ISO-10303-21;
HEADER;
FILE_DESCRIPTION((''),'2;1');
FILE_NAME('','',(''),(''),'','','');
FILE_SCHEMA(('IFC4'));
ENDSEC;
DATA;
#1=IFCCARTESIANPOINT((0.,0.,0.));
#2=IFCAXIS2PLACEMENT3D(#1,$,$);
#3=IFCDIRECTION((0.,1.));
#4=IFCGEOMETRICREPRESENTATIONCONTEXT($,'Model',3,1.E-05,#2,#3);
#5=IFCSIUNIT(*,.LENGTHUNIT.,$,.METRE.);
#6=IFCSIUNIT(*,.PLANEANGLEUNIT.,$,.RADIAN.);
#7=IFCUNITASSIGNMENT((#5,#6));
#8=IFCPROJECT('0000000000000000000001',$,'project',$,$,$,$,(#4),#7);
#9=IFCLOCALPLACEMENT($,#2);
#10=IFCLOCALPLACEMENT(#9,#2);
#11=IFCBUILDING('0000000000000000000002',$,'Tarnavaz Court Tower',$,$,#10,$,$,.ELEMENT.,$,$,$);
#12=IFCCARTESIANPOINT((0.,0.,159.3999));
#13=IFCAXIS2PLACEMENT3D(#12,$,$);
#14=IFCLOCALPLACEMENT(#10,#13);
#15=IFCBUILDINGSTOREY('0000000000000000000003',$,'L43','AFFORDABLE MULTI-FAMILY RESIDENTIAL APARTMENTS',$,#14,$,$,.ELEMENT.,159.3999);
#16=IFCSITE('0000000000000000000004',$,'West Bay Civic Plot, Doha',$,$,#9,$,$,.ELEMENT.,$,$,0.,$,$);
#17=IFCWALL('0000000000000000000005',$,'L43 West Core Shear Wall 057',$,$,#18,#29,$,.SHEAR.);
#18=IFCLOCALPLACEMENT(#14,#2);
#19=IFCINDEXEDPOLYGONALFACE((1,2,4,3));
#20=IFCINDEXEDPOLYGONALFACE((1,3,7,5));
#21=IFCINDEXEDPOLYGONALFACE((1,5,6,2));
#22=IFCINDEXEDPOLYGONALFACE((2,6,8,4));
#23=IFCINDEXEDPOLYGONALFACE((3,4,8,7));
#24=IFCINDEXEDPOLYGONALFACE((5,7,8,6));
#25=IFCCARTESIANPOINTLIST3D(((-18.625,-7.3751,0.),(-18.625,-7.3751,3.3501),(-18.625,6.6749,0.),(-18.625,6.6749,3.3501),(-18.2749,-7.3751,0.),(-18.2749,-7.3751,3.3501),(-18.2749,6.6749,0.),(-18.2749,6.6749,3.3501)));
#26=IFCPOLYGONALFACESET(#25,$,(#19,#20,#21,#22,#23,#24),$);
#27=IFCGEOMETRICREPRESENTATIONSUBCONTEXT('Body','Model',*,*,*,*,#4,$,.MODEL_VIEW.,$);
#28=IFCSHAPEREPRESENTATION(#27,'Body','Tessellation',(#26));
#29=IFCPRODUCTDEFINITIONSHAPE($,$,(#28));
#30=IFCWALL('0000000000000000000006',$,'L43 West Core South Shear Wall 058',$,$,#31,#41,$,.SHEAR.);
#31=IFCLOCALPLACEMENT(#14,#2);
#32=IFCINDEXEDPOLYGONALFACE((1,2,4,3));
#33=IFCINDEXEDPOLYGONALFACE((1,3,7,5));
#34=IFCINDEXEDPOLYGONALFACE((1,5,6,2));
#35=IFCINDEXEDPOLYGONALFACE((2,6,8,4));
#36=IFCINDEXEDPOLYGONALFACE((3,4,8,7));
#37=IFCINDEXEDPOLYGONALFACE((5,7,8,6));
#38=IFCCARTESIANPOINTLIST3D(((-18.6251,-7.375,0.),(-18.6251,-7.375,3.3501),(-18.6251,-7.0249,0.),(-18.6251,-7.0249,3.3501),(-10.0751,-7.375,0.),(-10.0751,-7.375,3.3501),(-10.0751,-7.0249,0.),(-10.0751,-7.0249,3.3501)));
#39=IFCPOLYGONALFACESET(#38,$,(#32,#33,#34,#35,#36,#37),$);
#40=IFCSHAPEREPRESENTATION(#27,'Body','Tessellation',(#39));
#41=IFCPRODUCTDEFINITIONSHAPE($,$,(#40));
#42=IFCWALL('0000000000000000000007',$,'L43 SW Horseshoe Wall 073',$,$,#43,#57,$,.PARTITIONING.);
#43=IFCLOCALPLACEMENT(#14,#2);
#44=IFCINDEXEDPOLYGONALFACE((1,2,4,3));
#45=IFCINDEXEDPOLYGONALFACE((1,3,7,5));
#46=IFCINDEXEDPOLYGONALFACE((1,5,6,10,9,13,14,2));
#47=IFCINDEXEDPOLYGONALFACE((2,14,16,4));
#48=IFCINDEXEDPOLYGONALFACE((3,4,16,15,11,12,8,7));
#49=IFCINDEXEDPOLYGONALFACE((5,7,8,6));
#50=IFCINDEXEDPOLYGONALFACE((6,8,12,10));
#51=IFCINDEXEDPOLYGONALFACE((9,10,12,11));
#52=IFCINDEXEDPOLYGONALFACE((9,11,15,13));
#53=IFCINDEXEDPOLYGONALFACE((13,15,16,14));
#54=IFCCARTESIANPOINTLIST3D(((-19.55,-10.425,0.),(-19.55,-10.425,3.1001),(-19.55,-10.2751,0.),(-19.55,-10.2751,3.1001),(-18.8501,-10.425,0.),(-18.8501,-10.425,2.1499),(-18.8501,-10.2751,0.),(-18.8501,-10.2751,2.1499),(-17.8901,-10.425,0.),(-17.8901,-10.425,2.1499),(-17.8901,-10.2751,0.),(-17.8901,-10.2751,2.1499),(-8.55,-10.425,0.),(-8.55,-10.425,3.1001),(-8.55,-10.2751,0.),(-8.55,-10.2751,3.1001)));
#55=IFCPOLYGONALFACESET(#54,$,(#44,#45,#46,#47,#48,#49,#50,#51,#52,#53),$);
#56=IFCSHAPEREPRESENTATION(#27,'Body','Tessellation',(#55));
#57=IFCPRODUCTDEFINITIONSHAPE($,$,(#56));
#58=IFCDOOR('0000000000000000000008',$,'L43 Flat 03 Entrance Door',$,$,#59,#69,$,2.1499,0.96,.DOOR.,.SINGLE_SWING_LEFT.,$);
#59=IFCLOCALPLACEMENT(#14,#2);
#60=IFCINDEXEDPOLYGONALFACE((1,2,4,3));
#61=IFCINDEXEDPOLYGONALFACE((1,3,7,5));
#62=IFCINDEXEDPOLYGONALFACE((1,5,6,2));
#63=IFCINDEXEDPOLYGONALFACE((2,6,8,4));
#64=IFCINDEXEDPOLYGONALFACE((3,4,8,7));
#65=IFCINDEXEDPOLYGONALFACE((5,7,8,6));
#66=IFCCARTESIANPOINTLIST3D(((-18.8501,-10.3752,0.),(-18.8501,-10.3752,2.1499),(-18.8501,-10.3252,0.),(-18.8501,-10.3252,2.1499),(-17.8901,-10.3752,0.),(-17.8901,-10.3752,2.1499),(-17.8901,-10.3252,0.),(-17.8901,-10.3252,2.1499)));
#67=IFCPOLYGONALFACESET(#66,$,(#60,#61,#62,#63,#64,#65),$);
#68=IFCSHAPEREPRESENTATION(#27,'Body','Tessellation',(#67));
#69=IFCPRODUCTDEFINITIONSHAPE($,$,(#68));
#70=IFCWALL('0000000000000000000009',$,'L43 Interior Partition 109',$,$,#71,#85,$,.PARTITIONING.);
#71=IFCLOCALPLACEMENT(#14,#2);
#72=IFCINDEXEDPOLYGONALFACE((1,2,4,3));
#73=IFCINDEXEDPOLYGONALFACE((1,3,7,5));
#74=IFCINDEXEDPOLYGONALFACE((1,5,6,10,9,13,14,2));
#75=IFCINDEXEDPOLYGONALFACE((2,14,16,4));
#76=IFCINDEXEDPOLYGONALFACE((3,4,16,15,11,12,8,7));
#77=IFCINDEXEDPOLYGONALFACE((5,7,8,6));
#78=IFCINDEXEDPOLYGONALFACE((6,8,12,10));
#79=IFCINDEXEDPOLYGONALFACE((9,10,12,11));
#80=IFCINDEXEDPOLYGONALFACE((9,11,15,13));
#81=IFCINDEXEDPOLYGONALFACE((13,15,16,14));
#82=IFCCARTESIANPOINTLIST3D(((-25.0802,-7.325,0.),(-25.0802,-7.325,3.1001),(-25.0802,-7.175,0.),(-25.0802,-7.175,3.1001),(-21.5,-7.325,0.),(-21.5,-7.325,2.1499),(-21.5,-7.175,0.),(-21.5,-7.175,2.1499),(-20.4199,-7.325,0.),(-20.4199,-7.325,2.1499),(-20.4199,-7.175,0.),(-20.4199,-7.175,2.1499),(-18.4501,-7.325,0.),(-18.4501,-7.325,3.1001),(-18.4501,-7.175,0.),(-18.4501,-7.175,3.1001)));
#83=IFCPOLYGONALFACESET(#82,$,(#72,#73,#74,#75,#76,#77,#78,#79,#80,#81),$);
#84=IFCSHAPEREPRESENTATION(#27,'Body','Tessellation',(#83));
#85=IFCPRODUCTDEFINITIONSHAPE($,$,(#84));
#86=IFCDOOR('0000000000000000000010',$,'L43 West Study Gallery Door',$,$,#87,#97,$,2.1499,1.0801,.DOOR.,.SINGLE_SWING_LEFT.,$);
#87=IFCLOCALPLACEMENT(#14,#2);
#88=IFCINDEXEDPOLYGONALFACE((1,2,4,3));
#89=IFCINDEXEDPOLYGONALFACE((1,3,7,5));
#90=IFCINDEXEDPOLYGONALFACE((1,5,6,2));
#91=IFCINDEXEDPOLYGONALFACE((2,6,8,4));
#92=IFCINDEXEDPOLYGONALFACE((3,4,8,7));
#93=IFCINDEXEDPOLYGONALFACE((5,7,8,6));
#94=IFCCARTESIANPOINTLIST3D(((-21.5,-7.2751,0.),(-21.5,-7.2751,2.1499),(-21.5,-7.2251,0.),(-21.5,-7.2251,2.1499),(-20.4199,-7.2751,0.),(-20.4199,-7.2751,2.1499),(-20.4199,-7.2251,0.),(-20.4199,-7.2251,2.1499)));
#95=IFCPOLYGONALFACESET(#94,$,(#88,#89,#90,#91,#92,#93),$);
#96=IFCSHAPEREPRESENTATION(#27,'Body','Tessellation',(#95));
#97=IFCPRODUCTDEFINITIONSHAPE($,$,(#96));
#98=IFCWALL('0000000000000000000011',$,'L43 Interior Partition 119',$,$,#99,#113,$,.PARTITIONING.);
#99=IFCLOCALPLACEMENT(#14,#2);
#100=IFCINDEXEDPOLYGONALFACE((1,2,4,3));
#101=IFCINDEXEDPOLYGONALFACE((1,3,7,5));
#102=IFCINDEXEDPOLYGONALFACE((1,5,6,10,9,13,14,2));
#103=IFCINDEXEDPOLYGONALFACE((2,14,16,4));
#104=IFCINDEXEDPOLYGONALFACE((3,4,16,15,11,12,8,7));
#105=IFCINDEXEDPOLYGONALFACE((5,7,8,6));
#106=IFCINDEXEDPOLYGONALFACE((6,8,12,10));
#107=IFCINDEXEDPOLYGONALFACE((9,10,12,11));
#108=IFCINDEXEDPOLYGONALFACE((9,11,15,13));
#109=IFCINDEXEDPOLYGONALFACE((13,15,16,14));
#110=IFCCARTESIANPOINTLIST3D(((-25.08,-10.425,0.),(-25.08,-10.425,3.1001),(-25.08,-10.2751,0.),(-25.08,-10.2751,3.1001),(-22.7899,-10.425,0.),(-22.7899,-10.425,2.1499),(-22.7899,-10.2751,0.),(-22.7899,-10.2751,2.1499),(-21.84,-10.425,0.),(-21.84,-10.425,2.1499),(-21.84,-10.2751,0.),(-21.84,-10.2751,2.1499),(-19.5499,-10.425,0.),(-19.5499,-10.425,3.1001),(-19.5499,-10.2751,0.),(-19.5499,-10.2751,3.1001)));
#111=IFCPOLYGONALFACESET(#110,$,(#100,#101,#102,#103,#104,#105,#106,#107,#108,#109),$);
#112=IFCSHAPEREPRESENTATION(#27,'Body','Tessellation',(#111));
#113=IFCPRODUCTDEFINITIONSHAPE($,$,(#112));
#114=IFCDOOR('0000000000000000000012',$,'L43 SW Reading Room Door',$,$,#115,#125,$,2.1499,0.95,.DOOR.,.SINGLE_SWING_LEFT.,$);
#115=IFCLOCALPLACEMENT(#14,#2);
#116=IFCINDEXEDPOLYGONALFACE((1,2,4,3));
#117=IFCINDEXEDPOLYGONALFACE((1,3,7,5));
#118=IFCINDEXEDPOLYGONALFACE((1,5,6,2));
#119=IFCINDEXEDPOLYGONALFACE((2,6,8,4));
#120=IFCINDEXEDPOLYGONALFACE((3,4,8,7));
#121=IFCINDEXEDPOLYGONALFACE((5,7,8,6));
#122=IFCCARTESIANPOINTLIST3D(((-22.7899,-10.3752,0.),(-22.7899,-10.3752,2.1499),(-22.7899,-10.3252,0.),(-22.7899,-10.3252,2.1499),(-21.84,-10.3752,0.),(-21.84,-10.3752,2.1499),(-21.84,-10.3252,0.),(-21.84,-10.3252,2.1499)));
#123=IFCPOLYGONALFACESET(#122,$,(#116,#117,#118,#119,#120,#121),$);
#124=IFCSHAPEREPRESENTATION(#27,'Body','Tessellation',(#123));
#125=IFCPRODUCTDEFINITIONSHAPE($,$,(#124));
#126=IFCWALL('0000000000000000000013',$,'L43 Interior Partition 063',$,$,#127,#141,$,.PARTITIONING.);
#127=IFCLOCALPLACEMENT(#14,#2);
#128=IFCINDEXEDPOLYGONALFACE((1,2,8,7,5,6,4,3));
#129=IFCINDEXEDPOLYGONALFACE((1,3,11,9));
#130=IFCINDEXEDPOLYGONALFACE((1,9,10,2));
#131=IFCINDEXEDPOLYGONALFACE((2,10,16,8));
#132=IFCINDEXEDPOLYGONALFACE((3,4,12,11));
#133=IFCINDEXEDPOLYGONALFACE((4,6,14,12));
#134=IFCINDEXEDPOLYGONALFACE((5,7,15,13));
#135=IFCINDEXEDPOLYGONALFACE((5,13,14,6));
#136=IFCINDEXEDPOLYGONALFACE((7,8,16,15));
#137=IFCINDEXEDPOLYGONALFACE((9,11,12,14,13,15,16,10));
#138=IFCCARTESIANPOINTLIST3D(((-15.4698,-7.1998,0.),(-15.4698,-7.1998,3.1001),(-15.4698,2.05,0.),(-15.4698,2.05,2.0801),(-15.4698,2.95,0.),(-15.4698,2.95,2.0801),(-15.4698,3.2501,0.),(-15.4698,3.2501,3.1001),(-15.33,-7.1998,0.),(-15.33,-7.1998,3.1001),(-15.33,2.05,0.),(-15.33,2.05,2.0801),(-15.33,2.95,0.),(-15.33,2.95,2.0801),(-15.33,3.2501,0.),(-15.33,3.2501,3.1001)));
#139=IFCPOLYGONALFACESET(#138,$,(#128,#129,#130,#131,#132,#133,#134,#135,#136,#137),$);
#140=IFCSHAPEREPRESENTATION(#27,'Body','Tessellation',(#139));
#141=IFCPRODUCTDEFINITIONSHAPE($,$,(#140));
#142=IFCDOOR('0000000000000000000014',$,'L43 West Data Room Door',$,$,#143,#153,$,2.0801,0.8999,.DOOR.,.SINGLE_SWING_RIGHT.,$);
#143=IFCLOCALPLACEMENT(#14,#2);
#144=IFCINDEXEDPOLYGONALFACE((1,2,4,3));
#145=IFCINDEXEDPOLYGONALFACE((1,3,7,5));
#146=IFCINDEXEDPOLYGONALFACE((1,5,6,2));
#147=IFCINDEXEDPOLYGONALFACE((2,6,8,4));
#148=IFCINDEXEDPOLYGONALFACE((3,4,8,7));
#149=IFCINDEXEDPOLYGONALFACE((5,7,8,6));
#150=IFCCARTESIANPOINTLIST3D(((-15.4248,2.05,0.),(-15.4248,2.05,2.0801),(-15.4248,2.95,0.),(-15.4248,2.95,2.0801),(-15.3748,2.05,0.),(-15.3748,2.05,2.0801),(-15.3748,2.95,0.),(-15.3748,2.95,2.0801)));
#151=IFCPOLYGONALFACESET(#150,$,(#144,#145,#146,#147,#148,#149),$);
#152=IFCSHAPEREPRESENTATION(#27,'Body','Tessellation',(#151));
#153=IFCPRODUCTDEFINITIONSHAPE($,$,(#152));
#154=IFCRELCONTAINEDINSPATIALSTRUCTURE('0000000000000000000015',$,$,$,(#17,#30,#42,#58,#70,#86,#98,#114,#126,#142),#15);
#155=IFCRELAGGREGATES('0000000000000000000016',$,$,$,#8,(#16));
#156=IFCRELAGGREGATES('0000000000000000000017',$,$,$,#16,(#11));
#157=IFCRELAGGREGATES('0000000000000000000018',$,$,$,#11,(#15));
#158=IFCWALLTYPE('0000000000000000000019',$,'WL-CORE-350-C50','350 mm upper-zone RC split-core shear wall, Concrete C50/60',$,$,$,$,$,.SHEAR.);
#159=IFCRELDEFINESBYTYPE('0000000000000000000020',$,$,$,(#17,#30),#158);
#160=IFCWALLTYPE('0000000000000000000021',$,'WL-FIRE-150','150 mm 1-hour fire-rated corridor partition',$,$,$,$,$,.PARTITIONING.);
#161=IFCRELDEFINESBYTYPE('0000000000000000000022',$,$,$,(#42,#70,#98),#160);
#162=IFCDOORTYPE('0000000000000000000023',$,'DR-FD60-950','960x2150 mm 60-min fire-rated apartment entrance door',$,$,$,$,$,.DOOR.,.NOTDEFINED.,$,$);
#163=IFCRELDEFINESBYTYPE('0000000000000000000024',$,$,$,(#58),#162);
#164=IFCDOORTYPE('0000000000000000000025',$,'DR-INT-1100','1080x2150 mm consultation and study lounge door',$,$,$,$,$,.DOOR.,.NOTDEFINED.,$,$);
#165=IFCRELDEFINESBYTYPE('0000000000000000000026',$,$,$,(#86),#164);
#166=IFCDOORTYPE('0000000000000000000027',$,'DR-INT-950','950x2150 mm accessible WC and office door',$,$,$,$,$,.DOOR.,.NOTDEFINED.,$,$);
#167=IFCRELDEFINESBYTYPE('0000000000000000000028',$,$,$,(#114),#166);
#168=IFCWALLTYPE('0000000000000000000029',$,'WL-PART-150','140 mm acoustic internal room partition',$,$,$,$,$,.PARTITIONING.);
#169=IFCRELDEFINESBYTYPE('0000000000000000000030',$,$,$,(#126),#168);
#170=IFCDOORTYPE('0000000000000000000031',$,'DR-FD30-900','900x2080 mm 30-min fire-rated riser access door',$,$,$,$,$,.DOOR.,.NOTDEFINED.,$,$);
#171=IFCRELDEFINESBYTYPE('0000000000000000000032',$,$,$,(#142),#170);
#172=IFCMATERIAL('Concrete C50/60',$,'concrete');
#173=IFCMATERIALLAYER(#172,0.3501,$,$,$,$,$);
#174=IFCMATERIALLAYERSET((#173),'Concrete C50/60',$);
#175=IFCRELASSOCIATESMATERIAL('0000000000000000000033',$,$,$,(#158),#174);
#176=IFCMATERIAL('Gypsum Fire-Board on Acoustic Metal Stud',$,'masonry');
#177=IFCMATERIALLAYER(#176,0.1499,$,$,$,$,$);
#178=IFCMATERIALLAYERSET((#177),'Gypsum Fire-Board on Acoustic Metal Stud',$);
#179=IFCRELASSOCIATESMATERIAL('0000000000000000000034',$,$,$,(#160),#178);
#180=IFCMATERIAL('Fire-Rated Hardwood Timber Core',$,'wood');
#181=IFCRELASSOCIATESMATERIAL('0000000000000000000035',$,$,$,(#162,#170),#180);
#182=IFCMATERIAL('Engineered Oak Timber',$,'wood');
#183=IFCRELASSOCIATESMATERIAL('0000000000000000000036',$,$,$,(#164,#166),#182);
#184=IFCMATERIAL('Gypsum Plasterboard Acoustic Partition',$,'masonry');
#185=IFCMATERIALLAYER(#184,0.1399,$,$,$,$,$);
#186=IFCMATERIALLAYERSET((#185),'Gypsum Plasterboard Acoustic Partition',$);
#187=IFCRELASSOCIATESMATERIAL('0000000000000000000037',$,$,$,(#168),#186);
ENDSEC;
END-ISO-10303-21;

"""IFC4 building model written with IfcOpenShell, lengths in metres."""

from ifc_helpers import new_model, si_unit, direction, frame, frame_2d, origin, place, context, subcontext, project, spatial, rectangle, extrude, material, layer, layer_set, type_object, element, fill, save


model = new_model("IFC4")

# Units and contexts
model_context = context("Model", 3, precision=1e-05, world=origin(), true_north=direction((0.0, 1.0)))
body_context = subcontext(model_context, "Body", "Model", "MODEL_VIEW")
ifc_project = project(units=[si_unit("LENGTHUNIT", "METRE"), si_unit("PLANEANGLEUNIT", "RADIAN")], contexts=[model_context])

# Site, building, storey
site_placement = place(None, origin())
site = spatial("IfcSite", under=ifc_project, at=site_placement, Name="West Bay Civic Plot, Doha", CompositionType="ELEMENT", RefElevation=0.0)
building_placement = place(site_placement, origin())
building = spatial("IfcBuilding", under=site, at=building_placement, Name="Tarnavaz Court Tower", CompositionType="ELEMENT")
storey_placement = place(building_placement, frame((0.0, 0.0, 159.3999)))
storey = spatial("IfcBuildingStorey", under=building, at=storey_placement, Name="L43", Description="AFFORDABLE MULTI-FAMILY RESIDENTIAL APARTMENTS", CompositionType="ELEMENT", Elevation=159.3999)

# Shared definitions
ifc_material_1 = material(Name="Concrete C50/60", Category="concrete")

# Walls
ifc_layer_1 = layer(ifc_material_1, 0.3501)
ifc_layer_set_1 = layer_set([ifc_layer_1], Name="Concrete C50/60")
wall_type_1 = type_object("IfcWallType", Name="WL-CORE-350-C50", Description="350 mm upper-zone RC split-core shear wall, Concrete C50/60", PredefinedType="SHEAR", material=ifc_layer_set_1)
wall_1_placement = place(storey_placement, frame((-18.45, -7.375, 0.0), z_axis=(0.0, 0.0, 1.0), x_axis=(0.0, 1.0, 0.0)))
element("IfcWall", 1, at=wall_1_placement, inside=storey, type_object=wall_type_1, Name="L43 West Core Shear Wall 057", PredefinedType="SHEAR", context=body_context, shape_type="SweptSolid", body=[
    extrude(rectangle(XDim=14.05, YDim=0.3501, at=frame_2d((7.0249, 0.0))), origin(), (0.0, 0.0, 1.0), 3.3501),
])
wall_2_placement = place(storey_placement, frame((-18.625, -7.2, 0.0), z_axis=(0.0, 0.0, 1.0), x_axis=(1.0, 0.0, 0.0)))
element("IfcWall", 2, at=wall_2_placement, inside=storey, type_object=wall_type_1, Name="L43 West Core South Shear Wall 058", PredefinedType="SHEAR", context=body_context, shape_type="SweptSolid", body=[
    extrude(rectangle(XDim=8.55, YDim=0.3501, at=frame_2d((4.2749, 0.0))), origin(), (0.0, 0.0, 1.0), 3.3501),
])

# Walls, openings, doors
ifc_material_2 = material(Name="Gypsum Fire-Board on Acoustic Metal Stud", Category="masonry")
ifc_layer_2 = layer(ifc_material_2, 0.1499)
ifc_layer_set_2 = layer_set([ifc_layer_2], Name="Gypsum Fire-Board on Acoustic Metal Stud")
wall_type_2 = type_object("IfcWallType", Name="WL-FIRE-150", Description="150 mm 1-hour fire-rated corridor partition", PredefinedType="PARTITIONING", material=ifc_layer_set_2)
wall_3_placement = place(storey_placement, frame((-19.55, -10.3501, 0.0), z_axis=(0.0, 0.0, 1.0), x_axis=(1.0, 0.0, 0.0)))
wall_3 = element("IfcWall", 3, at=wall_3_placement, inside=storey, type_object=wall_type_2, Name="L43 SW Horseshoe Wall 073", PredefinedType="PARTITIONING", context=body_context, shape_type="SweptSolid", body=[
    extrude(rectangle(XDim=11.0, YDim=0.1499, at=frame_2d((5.5, 0.0))), origin(), (0.0, 0.0, 1.0), 3.1001),
])
opening_1_placement = place(wall_3_placement, frame((0.7, 0.0, 0.0)))
opening_1 = element("IfcOpeningElement", 4, at=opening_1_placement, cuts=wall_3, PredefinedType="OPENING", context=body_context, shape_type="SweptSolid", body=[
    extrude(rectangle(XDim=0.96, YDim=2.1499, at=frame_2d((0.48, 1.075))), frame((0.0, 0.085, 0.0), z_axis=(0.0, -1.0, 0.0), x_axis=(1.0, 0.0, 0.0)), (0.0, 0.0, 1.0), 0.1699),
])
ifc_material_3 = material(Name="Fire-Rated Hardwood Timber Core", Category="wood")
door_type_1 = type_object("IfcDoorType", Name="DR-FD60-950", Description="960x2150 mm 60-min fire-rated apartment entrance door", OperationType="NOTDEFINED", PredefinedType="DOOR", material=ifc_material_3)
door_1_placement = place(opening_1_placement, origin())
door_1 = element("IfcDoor", 5, at=door_1_placement, inside=storey, type_object=door_type_1, Name="L43 Flat 03 Entrance Door", OperationType="SINGLE_SWING_LEFT", OverallHeight=2.1499, OverallWidth=0.96, PredefinedType="DOOR", context=body_context, shape_type="SweptSolid", body=[
    extrude(rectangle(XDim=0.96, YDim=2.1499, at=frame_2d((0.48, 1.075))), frame((0.0, 0.0249, 0.0), z_axis=(0.0, -1.0, 0.0), x_axis=(1.0, 0.0, 0.0)), (0.0, 0.0, 1.0), 0.05),
])
fill(opening_1, door_1)
wall_4_placement = place(storey_placement, frame((-25.0801, -7.25, 0.0), z_axis=(0.0, 0.0, 1.0), x_axis=(1.0, 0.0, 0.0)))
wall_4 = element("IfcWall", 6, at=wall_4_placement, inside=storey, type_object=wall_type_2, Name="L43 Interior Partition 109", PredefinedType="PARTITIONING", context=body_context, shape_type="SweptSolid", body=[
    extrude(rectangle(XDim=6.6301, YDim=0.1499, at=frame_2d((3.3149, 0.0))), origin(), (0.0, 0.0, 1.0), 3.1001),
])
opening_2_placement = place(wall_4_placement, frame((3.5801, 0.0, 0.0)))
opening_2 = element("IfcOpeningElement", 7, at=opening_2_placement, cuts=wall_4, PredefinedType="OPENING", context=body_context, shape_type="SweptSolid", body=[
    extrude(rectangle(XDim=1.0801, YDim=2.1499, at=frame_2d((0.54, 1.075))), frame((0.0, 0.085, 0.0), z_axis=(0.0, -1.0, 0.0), x_axis=(1.0, 0.0, 0.0)), (0.0, 0.0, 1.0), 0.1699),
])
ifc_material_4 = material(Name="Engineered Oak Timber", Category="wood")
door_type_2 = type_object("IfcDoorType", Name="DR-INT-1100", Description="1080x2150 mm consultation and study lounge door", OperationType="NOTDEFINED", PredefinedType="DOOR", material=ifc_material_4)
door_2_placement = place(opening_2_placement, origin())
door_2 = element("IfcDoor", 8, at=door_2_placement, inside=storey, type_object=door_type_2, Name="L43 West Study Gallery Door", OperationType="SINGLE_SWING_LEFT", OverallHeight=2.1499, OverallWidth=1.0801, PredefinedType="DOOR", context=body_context, shape_type="SweptSolid", body=[
    extrude(rectangle(XDim=1.0801, YDim=2.1499, at=frame_2d((0.54, 1.075))), frame((0.0, 0.0249, 0.0), z_axis=(0.0, -1.0, 0.0), x_axis=(1.0, 0.0, 0.0)), (0.0, 0.0, 1.0), 0.05),
])
fill(opening_2, door_2)
wall_5_placement = place(storey_placement, frame((-25.0801, -10.3501, 0.0), z_axis=(0.0, 0.0, 1.0), x_axis=(1.0, 0.0, 0.0)))
wall_5 = element("IfcWall", 9, at=wall_5_placement, inside=storey, type_object=wall_type_2, Name="L43 Interior Partition 119", PredefinedType="PARTITIONING", context=body_context, shape_type="SweptSolid", body=[
    extrude(rectangle(XDim=5.53, YDim=0.1499, at=frame_2d((2.7651, 0.0))), origin(), (0.0, 0.0, 1.0), 3.1001),
])
opening_3_placement = place(wall_5_placement, frame((2.29, 0.0, 0.0)))
opening_3 = element("IfcOpeningElement", 10, at=opening_3_placement, cuts=wall_5, PredefinedType="OPENING", context=body_context, shape_type="SweptSolid", body=[
    extrude(rectangle(XDim=0.95, YDim=2.1499, at=frame_2d((0.4751, 1.075))), frame((0.0, 0.085, 0.0), z_axis=(0.0, -1.0, 0.0), x_axis=(1.0, 0.0, 0.0)), (0.0, 0.0, 1.0), 0.1699),
])
door_type_3 = type_object("IfcDoorType", Name="DR-INT-950", Description="950x2150 mm accessible WC and office door", OperationType="NOTDEFINED", PredefinedType="DOOR", material=ifc_material_4)
door_3_placement = place(opening_3_placement, origin())
door_3 = element("IfcDoor", 11, at=door_3_placement, inside=storey, type_object=door_type_3, Name="L43 SW Reading Room Door", OperationType="SINGLE_SWING_LEFT", OverallHeight=2.1499, OverallWidth=0.95, PredefinedType="DOOR", context=body_context, shape_type="SweptSolid", body=[
    extrude(rectangle(XDim=0.95, YDim=2.1499, at=frame_2d((0.4751, 1.075))), frame((0.0, 0.0249, 0.0), z_axis=(0.0, -1.0, 0.0), x_axis=(1.0, 0.0, 0.0)), (0.0, 0.0, 1.0), 0.05),
])
fill(opening_3, door_3)
ifc_material_5 = material(Name="Gypsum Plasterboard Acoustic Partition", Category="masonry")
ifc_layer_3 = layer(ifc_material_5, 0.1399)
ifc_layer_set_3 = layer_set([ifc_layer_3], Name="Gypsum Plasterboard Acoustic Partition")
wall_type_3 = type_object("IfcWallType", Name="WL-PART-150", Description="140 mm acoustic internal room partition", PredefinedType="PARTITIONING", material=ifc_layer_set_3)
wall_6_placement = place(storey_placement, frame((-15.3999, -7.2, 0.0), z_axis=(0.0, 0.0, 1.0), x_axis=(0.0, 1.0, 0.0)))
wall_6 = element("IfcWall", 12, at=wall_6_placement, inside=storey, type_object=wall_type_3, Name="L43 Interior Partition 063", PredefinedType="PARTITIONING", context=body_context, shape_type="SweptSolid", body=[
    extrude(rectangle(XDim=10.45, YDim=0.1399, at=frame_2d((5.2251, 0.0))), origin(), (0.0, 0.0, 1.0), 3.1001),
])
opening_4_placement = place(wall_6_placement, frame((9.25, 0.0, 0.0)))
opening_4 = element("IfcOpeningElement", 13, at=opening_4_placement, cuts=wall_6, PredefinedType="OPENING", context=body_context, shape_type="SweptSolid", body=[
    extrude(rectangle(XDim=0.8999, YDim=2.0801, at=frame_2d((0.45, 1.04))), frame((0.0, 0.0798, 0.0), z_axis=(0.0, -1.0, 0.0), x_axis=(1.0, 0.0, 0.0)), (0.0, 0.0, 1.0), 0.1599),
])
door_type_4 = type_object("IfcDoorType", Name="DR-FD30-900", Description="900x2080 mm 30-min fire-rated riser access door", OperationType="NOTDEFINED", PredefinedType="DOOR", material=ifc_material_3)
door_4_placement = place(opening_4_placement, origin())
door_4 = element("IfcDoor", 14, at=door_4_placement, inside=storey, type_object=door_type_4, Name="L43 West Data Room Door", OperationType="SINGLE_SWING_RIGHT", OverallHeight=2.0801, OverallWidth=0.8999, PredefinedType="DOOR", context=body_context, shape_type="SweptSolid", body=[
    extrude(rectangle(XDim=0.8999, YDim=2.0801, at=frame_2d((0.45, 1.04))), frame((0.0, 0.0249, 0.0), z_axis=(0.0, -1.0, 0.0), x_axis=(1.0, 0.0, 0.0)), (0.0, 0.0, 1.0), 0.05),
])
fill(opening_4, door_4)

save(model, "model.ifc")
